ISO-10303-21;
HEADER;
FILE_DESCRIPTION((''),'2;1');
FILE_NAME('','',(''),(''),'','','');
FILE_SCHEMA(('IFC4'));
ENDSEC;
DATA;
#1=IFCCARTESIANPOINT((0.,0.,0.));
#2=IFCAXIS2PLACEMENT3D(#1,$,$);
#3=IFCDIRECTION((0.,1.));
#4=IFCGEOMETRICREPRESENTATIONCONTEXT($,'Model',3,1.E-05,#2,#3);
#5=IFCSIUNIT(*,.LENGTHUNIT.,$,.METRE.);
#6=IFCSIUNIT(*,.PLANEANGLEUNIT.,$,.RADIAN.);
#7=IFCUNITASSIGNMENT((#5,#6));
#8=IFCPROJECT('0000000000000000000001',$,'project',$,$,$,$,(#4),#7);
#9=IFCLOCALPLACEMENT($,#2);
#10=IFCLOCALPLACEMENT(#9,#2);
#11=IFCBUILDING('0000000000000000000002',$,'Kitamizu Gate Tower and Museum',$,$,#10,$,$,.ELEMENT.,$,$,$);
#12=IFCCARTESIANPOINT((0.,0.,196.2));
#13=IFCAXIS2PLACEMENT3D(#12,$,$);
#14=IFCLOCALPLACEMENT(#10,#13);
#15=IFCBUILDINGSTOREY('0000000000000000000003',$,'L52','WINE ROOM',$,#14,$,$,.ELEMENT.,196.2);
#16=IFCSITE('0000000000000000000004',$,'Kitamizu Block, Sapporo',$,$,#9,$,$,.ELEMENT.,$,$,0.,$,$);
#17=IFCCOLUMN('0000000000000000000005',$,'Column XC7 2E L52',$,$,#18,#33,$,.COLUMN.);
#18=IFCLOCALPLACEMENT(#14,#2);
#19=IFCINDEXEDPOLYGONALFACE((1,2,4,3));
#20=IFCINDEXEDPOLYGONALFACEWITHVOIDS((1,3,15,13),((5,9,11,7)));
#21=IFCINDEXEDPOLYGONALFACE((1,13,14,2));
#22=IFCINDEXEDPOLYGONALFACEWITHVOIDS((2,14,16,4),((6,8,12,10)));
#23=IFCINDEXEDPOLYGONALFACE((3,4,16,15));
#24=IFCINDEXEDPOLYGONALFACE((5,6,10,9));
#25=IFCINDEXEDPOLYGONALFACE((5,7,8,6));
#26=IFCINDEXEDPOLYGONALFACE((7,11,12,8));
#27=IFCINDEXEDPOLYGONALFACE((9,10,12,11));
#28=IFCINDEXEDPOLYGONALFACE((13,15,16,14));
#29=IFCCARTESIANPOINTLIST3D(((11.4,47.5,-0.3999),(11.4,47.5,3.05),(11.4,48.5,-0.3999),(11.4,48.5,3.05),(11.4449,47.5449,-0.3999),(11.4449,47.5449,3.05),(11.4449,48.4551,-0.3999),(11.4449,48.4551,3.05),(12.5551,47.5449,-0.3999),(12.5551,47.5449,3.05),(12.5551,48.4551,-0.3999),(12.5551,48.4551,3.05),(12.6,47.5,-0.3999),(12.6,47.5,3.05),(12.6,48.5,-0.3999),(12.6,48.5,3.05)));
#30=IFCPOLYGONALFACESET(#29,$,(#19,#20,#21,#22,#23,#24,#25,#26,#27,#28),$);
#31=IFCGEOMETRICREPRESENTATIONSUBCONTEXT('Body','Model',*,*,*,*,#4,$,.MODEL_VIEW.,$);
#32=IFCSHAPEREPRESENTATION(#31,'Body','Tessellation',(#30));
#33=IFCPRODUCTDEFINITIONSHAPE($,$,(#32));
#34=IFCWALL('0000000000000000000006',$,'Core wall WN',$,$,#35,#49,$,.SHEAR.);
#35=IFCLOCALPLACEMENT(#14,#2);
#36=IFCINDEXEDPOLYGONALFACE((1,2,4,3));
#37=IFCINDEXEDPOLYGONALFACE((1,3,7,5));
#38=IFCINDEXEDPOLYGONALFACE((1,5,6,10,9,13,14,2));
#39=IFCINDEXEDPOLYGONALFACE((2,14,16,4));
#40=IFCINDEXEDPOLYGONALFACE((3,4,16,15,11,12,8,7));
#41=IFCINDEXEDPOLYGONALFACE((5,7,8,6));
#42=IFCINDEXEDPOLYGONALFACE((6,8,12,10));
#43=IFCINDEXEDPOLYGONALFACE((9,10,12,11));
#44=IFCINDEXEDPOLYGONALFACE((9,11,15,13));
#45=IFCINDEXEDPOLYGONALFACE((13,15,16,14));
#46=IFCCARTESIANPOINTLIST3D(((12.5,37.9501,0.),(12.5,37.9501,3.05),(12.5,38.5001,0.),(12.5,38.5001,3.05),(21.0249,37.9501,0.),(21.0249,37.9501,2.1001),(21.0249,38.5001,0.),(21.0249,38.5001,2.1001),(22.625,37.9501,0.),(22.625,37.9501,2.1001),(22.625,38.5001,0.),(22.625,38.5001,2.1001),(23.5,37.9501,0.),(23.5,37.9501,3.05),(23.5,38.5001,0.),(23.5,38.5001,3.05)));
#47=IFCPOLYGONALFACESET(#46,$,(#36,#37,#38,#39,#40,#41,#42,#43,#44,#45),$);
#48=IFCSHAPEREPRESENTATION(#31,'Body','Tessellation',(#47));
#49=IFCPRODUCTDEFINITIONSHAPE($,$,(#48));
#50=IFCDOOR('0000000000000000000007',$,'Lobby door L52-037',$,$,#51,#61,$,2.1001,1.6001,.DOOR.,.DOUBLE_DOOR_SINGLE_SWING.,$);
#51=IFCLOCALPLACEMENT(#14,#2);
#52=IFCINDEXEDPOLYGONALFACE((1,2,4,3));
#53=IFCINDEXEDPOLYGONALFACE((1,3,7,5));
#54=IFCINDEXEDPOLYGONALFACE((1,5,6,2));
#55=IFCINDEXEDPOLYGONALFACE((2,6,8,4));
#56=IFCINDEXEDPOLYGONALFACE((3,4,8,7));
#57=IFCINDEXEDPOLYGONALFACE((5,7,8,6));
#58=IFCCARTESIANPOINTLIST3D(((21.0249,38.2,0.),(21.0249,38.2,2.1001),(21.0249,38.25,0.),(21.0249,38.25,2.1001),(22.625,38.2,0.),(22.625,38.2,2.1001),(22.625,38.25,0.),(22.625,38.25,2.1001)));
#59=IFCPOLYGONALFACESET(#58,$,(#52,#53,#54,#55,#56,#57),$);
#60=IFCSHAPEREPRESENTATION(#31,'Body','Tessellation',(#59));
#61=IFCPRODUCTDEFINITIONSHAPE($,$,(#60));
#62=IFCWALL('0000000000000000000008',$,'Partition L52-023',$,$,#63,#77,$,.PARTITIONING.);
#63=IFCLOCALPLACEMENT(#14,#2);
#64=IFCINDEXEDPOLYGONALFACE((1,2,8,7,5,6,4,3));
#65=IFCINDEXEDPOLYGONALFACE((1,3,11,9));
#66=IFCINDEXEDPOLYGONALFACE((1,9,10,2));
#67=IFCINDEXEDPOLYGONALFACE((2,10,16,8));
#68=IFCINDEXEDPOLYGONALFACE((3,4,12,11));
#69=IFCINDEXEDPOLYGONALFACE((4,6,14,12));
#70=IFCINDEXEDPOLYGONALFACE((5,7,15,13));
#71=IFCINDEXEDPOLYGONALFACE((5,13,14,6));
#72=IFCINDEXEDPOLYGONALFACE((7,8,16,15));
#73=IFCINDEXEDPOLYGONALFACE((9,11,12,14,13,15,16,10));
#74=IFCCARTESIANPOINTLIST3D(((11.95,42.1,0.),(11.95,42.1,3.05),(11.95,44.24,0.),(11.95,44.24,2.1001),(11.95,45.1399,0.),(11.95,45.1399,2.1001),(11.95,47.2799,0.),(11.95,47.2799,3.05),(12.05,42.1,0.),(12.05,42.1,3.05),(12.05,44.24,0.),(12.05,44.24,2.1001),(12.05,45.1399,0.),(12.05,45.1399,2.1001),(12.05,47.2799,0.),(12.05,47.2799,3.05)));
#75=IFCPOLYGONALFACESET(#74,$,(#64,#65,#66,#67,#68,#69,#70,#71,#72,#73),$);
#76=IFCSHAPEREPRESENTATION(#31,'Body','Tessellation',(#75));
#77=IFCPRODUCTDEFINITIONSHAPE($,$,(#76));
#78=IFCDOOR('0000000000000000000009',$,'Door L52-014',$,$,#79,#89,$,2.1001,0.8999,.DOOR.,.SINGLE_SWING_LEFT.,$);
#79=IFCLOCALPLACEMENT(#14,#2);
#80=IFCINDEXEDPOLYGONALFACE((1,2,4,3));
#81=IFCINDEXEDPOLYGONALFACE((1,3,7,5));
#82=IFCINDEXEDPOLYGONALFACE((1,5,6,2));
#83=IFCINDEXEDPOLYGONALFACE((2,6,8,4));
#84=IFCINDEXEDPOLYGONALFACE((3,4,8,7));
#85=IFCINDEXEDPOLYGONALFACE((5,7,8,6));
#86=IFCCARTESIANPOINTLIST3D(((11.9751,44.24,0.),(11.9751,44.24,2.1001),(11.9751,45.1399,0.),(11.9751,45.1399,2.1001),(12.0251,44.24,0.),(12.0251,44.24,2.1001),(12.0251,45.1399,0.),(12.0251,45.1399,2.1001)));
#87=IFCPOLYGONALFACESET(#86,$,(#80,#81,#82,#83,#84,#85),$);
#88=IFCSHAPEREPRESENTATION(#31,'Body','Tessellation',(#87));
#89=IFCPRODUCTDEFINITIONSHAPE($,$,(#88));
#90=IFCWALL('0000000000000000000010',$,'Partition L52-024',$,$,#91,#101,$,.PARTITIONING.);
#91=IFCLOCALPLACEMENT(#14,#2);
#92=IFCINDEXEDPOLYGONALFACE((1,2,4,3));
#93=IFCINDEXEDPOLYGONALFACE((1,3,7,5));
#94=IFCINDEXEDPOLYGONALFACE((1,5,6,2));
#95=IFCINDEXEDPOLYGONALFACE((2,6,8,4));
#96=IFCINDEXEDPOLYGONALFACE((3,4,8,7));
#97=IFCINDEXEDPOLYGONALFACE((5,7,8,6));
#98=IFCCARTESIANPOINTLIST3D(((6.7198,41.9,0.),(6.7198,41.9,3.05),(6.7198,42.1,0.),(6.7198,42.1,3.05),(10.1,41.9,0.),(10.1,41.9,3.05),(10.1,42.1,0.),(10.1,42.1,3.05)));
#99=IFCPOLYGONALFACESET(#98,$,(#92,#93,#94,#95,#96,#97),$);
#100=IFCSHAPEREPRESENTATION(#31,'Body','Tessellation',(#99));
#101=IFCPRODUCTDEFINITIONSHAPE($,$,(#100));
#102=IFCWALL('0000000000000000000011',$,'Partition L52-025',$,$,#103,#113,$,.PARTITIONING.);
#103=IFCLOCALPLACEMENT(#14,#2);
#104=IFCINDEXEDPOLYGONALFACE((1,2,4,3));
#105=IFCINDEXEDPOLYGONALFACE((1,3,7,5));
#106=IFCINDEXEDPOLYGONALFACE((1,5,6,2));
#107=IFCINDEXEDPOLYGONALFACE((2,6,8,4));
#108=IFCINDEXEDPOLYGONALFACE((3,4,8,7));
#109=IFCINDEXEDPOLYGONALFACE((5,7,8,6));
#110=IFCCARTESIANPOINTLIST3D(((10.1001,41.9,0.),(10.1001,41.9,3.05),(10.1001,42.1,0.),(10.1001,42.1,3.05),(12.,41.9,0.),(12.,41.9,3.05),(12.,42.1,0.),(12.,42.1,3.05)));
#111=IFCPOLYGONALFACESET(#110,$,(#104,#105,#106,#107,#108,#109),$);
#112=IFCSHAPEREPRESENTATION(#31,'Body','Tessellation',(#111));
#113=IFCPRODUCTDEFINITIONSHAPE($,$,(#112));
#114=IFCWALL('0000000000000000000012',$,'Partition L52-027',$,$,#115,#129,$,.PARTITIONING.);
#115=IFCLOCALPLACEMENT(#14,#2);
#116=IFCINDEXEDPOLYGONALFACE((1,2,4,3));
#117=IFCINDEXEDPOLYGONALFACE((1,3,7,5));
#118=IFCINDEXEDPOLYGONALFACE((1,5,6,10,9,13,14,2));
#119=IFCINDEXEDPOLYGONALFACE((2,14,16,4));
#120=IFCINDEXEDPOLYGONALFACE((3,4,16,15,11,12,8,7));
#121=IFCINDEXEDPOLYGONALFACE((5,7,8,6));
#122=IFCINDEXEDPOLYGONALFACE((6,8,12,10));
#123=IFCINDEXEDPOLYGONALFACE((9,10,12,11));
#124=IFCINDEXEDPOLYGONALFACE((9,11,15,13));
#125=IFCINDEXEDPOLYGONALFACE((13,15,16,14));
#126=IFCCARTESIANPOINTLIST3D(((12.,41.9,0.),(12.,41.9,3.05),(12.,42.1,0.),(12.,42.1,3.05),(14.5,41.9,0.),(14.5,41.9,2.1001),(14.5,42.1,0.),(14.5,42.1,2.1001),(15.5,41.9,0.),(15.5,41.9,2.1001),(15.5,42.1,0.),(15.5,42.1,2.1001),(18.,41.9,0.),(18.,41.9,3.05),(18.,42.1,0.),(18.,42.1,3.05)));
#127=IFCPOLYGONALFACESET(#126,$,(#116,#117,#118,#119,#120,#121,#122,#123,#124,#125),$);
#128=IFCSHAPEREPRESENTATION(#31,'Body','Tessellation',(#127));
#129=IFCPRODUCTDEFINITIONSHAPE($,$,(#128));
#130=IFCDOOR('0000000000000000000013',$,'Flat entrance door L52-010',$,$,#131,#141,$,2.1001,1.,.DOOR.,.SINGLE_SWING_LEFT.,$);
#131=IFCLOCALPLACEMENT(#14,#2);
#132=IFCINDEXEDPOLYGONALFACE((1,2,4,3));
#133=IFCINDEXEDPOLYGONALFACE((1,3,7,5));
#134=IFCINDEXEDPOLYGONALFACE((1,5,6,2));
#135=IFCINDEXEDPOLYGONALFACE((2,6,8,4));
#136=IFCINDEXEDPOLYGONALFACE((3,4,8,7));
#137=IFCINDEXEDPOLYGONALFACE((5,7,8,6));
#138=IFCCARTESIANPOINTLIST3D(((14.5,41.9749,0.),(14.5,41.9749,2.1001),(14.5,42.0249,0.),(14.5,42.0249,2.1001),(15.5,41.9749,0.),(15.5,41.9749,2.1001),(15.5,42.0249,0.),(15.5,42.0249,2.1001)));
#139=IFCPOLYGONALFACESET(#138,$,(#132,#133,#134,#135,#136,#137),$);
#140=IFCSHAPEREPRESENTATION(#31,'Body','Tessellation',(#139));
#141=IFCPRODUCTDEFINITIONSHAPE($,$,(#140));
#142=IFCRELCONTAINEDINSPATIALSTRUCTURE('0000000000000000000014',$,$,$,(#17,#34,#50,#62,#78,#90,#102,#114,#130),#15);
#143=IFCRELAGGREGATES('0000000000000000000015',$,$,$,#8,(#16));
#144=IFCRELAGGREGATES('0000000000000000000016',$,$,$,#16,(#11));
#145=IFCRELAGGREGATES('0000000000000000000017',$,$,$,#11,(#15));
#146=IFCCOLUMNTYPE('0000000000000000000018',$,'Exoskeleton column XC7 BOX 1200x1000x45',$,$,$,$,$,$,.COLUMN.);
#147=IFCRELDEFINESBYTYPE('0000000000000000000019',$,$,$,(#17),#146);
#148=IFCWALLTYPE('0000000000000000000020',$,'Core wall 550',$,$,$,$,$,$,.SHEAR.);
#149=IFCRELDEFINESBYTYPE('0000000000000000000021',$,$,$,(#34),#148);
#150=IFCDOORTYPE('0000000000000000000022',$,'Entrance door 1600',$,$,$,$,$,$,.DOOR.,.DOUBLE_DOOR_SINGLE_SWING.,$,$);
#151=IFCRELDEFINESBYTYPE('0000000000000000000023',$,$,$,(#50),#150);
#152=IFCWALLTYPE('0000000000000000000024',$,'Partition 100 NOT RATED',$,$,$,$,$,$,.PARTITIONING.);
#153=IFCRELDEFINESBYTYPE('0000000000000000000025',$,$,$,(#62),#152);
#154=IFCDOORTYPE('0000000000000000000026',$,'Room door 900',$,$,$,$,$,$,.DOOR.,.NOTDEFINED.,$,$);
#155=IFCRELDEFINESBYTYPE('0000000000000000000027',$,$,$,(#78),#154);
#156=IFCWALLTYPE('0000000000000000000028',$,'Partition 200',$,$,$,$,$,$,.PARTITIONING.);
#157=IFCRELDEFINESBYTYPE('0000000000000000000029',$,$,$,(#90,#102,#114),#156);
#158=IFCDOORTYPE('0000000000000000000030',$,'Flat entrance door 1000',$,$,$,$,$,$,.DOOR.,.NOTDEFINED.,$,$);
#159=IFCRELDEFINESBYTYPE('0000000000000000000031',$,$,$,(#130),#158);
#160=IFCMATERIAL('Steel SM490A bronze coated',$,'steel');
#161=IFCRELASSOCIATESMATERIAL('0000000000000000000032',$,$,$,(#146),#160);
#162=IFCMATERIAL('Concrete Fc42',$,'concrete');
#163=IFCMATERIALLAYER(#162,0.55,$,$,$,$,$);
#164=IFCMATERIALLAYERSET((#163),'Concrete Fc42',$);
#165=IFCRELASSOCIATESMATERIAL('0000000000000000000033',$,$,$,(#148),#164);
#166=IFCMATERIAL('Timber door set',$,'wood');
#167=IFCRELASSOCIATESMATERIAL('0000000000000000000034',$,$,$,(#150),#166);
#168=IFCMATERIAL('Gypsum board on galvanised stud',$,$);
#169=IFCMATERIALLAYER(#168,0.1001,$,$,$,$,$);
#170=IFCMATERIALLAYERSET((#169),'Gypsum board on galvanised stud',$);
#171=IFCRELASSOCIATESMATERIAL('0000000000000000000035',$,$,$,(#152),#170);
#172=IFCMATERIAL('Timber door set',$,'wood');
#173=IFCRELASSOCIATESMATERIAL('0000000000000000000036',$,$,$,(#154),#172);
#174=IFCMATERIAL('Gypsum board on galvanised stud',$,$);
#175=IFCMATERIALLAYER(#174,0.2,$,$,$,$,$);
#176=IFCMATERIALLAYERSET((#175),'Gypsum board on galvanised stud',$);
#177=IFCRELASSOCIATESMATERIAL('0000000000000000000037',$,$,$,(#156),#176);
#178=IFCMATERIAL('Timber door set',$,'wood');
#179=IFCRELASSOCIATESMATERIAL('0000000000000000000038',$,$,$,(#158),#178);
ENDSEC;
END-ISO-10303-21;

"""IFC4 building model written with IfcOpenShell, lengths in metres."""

from ifc_helpers import new_model, si_unit, direction, frame, frame_2d, origin, origin_2d, place, context, subcontext, project, spatial, rectangle, hollow_rectangle, extrude, material, layer, layer_set, material_profile, profile_set, type_object, element, fill, save


model = new_model("IFC4")

# Units and contexts
model_context = context("Model", 3, precision=1e-05, world=origin(), true_north=direction((0.0, 1.0)))
body_context = subcontext(model_context, "Body", "Model", "MODEL_VIEW")
ifc_project = project(units=[si_unit("LENGTHUNIT", "METRE"), si_unit("PLANEANGLEUNIT", "RADIAN")], contexts=[model_context])

# Site, building, storey
site_placement = place(None, origin())
site = spatial("IfcSite", under=ifc_project, at=site_placement, Name="Kitamizu Block, Sapporo", CompositionType="ELEMENT", RefElevation=0.0)
building_placement = place(site_placement, origin())
building = spatial("IfcBuilding", under=site, at=building_placement, Name="Kitamizu Gate Tower and Museum", CompositionType="ELEMENT")
storey_placement = place(building_placement, frame((0.0, 0.0, 196.2)))
storey = spatial("IfcBuildingStorey", under=building, at=storey_placement, Name="L52", Description="WINE ROOM", CompositionType="ELEMENT", Elevation=196.2)

# Column
ifc_material_1 = material(Name="Steel SM490A bronze coated", Category="steel")
ifc_material_profile = material_profile(ifc_material_1, hollow_rectangle(XDim=1.2, YDim=1.0, WallThickness=0.0449, at=origin_2d()), Name="BOX 1200x1000x45")
ifc_profile_set = profile_set([ifc_material_profile], Name="Steel SM490A bronze coated")
column_type = type_object("IfcColumnType", Name="Exoskeleton column XC7 BOX 1200x1000x45", PredefinedType="COLUMN", material=ifc_profile_set)
column_placement = place(storey_placement, frame((12.0, 48.0, -0.3999), z_axis=(0.0, 0.0, 1.0), x_axis=(1.0, 0.0, 0.0)))
element("IfcColumn", 1, at=column_placement, inside=storey, type_object=column_type, Name="Column XC7 2E L52", PredefinedType="COLUMN", context=body_context, shape_type="SweptSolid", body=[
    extrude(hollow_rectangle(XDim=1.2, YDim=1.0, WallThickness=0.0449, at=origin_2d()), origin(), (0.0, 0.0, 1.0), 3.45),
])

# Walls, openings, doors
ifc_material_2 = material(Name="Concrete Fc42", Category="concrete")
ifc_layer_1 = layer(ifc_material_2, 0.55)
ifc_layer_set_1 = layer_set([ifc_layer_1], Name="Concrete Fc42")
wall_type_1 = type_object("IfcWallType", Name="Core wall 550", PredefinedType="SHEAR", material=ifc_layer_set_1)
wall_1_placement = place(storey_placement, frame((12.5, 38.2251, 0.0), z_axis=(0.0, 0.0, 1.0), x_axis=(1.0, 0.0, 0.0)))
wall_1 = element("IfcWall", 2, at=wall_1_placement, inside=storey, type_object=wall_type_1, Name="Core wall WN", PredefinedType="SHEAR", context=body_context, shape_type="SweptSolid", body=[
    extrude(rectangle(XDim=11.0, YDim=0.55, at=frame_2d((5.5, 0.0))), origin(), (0.0, 0.0, 1.0), 3.05),
])
opening_1_placement = place(wall_1_placement, frame((8.5249, 0.0, 0.0)))
opening_1 = element("IfcOpeningElement", 3, at=opening_1_placement, cuts=wall_1, PredefinedType="OPENING", context=body_context, shape_type="SweptSolid", body=[
    extrude(rectangle(XDim=1.6001, YDim=2.1001, at=frame_2d((0.8, 1.05))), frame((0.0, 0.2852, 0.0), z_axis=(0.0, -1.0, 0.0), x_axis=(1.0, 0.0, 0.0)), (0.0, 0.0, 1.0), 0.5701),
])
ifc_material_3 = material(Name="Timber door set", Category="wood")
door_type_1 = type_object("IfcDoorType", Name="Entrance door 1600", OperationType="DOUBLE_DOOR_SINGLE_SWING", PredefinedType="DOOR", material=ifc_material_3)
door_1_placement = place(opening_1_placement, origin())
door_1 = element("IfcDoor", 4, at=door_1_placement, inside=storey, type_object=door_type_1, Name="Lobby door L52-037", OperationType="DOUBLE_DOOR_SINGLE_SWING", OverallHeight=2.1001, OverallWidth=1.6001, PredefinedType="DOOR", context=body_context, shape_type="SweptSolid", body=[
    extrude(rectangle(XDim=1.6001, YDim=2.1001, at=frame_2d((0.8, 1.05))), frame((0.0, 0.0249, 0.0), z_axis=(0.0, -1.0, 0.0), x_axis=(1.0, 0.0, 0.0)), (0.0, 0.0, 1.0), 0.05),
])
fill(opening_1, door_1)
ifc_material_4 = material(Name="Gypsum board on galvanised stud")
ifc_layer_2 = layer(ifc_material_4, 0.1001)
ifc_layer_set_2 = layer_set([ifc_layer_2], Name="Gypsum board on galvanised stud")
wall_type_2 = type_object("IfcWallType", Name="Partition 100 NOT RATED", PredefinedType="PARTITIONING", material=ifc_layer_set_2)
wall_2_placement = place(storey_placement, frame((12.0, 42.1001, 0.0), z_axis=(0.0, 0.0, 1.0), x_axis=(0.0, 1.0, 0.0)))
wall_2 = element("IfcWall", 5, at=wall_2_placement, inside=storey, type_object=wall_type_2, Name="Partition L52-023", PredefinedType="PARTITIONING", context=body_context, shape_type="SweptSolid", body=[
    extrude(rectangle(XDim=5.1799, YDim=0.1001, at=frame_2d((2.5898, 0.0))), origin(), (0.0, 0.0, 1.0), 3.05),
])
opening_2_placement = place(wall_2_placement, frame((2.1399, 0.0, 0.0)))
opening_2 = element("IfcOpeningElement", 6, at=opening_2_placement, cuts=wall_2, PredefinedType="OPENING", context=body_context, shape_type="SweptSolid", body=[
    extrude(rectangle(XDim=0.8999, YDim=2.1001, at=frame_2d((0.45, 1.05))), frame((0.0, 0.0601, 0.0), z_axis=(0.0, -1.0, 0.0), x_axis=(1.0, 0.0, 0.0)), (0.0, 0.0, 1.0), 0.1201),
])
ifc_material_5 = material(Name="Timber door set", Category="wood")
door_type_2 = type_object("IfcDoorType", Name="Room door 900", OperationType="NOTDEFINED", PredefinedType="DOOR", material=ifc_material_5)
door_2_placement = place(opening_2_placement, origin())
door_2 = element("IfcDoor", 7, at=door_2_placement, inside=storey, type_object=door_type_2, Name="Door L52-014", OperationType="SINGLE_SWING_LEFT", OverallHeight=2.1001, OverallWidth=0.8999, PredefinedType="DOOR", context=body_context, shape_type="SweptSolid", body=[
    extrude(rectangle(XDim=0.8999, YDim=2.1001, at=frame_2d((0.45, 1.05))), frame((0.0, 0.0249, 0.0), z_axis=(0.0, -1.0, 0.0), x_axis=(1.0, 0.0, 0.0)), (0.0, 0.0, 1.0), 0.05),
])
fill(opening_2, door_2)

# Walls
ifc_material_6 = material(Name="Gypsum board on galvanised stud")
ifc_layer_3 = layer(ifc_material_6, 0.2)
ifc_layer_set_3 = layer_set([ifc_layer_3], Name="Gypsum board on galvanised stud")
wall_type_3 = type_object("IfcWallType", Name="Partition 200", PredefinedType="PARTITIONING", material=ifc_layer_set_3)
wall_3_placement = place(storey_placement, frame((6.72, 42.0, 0.0), z_axis=(0.0, 0.0, 1.0), x_axis=(1.0, 0.0, 0.0)))
element("IfcWall", 8, at=wall_3_placement, inside=storey, type_object=wall_type_3, Name="Partition L52-024", PredefinedType="PARTITIONING", context=body_context, shape_type="SweptSolid", body=[
    extrude(rectangle(XDim=3.3801, YDim=0.2, at=frame_2d((1.6899, 0.0))), origin(), (0.0, 0.0, 1.0), 3.05),
])
wall_4_placement = place(storey_placement, frame((10.1001, 42.0, 0.0), z_axis=(0.0, 0.0, 1.0), x_axis=(1.0, 0.0, 0.0)))
element("IfcWall", 9, at=wall_4_placement, inside=storey, type_object=wall_type_3, Name="Partition L52-025", PredefinedType="PARTITIONING", context=body_context, shape_type="SweptSolid", body=[
    extrude(rectangle(XDim=1.8999, YDim=0.2, at=frame_2d((0.95, 0.0))), origin(), (0.0, 0.0, 1.0), 3.05),
])

# Wall, opening, door
wall_5_placement = place(storey_placement, frame((12.0, 42.0, 0.0), z_axis=(0.0, 0.0, 1.0), x_axis=(1.0, 0.0, 0.0)))
wall_5 = element("IfcWall", 10, at=wall_5_placement, inside=storey, type_object=wall_type_3, Name="Partition L52-027", PredefinedType="PARTITIONING", context=body_context, shape_type="SweptSolid", body=[
    extrude(rectangle(XDim=6.0, YDim=0.2, at=frame_2d((3.0, 0.0))), origin(), (0.0, 0.0, 1.0), 3.05),
])
opening_3_placement = place(wall_5_placement, frame((2.5, 0.0, 0.0)))
opening_3 = element("IfcOpeningElement", 11, at=opening_3_placement, cuts=wall_5, PredefinedType="OPENING", context=body_context, shape_type="SweptSolid", body=[
    extrude(rectangle(XDim=1.0, YDim=2.1001, at=frame_2d((0.5, 1.05))), frame((0.0, 0.1099, 0.0), z_axis=(0.0, -1.0, 0.0), x_axis=(1.0, 0.0, 0.0)), (0.0, 0.0, 1.0), 0.22),
])
ifc_material_7 = material(Name="Timber door set", Category="wood")
door_type_3 = type_object("IfcDoorType", Name="Flat entrance door 1000", OperationType="NOTDEFINED", PredefinedType="DOOR", material=ifc_material_7)
door_3_placement = place(opening_3_placement, origin())
door_3 = element("IfcDoor", 12, at=door_3_placement, inside=storey, type_object=door_type_3, Name="Flat entrance door L52-010", OperationType="SINGLE_SWING_LEFT", OverallHeight=2.1001, OverallWidth=1.0, PredefinedType="DOOR", context=body_context, shape_type="SweptSolid", body=[
    extrude(rectangle(XDim=1.0, YDim=2.1001, at=frame_2d((0.5, 1.05))), frame((0.0, 0.0249, 0.0), z_axis=(0.0, -1.0, 0.0), x_axis=(1.0, 0.0, 0.0)), (0.0, 0.0, 1.0), 0.05),
])
fill(opening_3, door_3)

save(model, "model.ifc")
